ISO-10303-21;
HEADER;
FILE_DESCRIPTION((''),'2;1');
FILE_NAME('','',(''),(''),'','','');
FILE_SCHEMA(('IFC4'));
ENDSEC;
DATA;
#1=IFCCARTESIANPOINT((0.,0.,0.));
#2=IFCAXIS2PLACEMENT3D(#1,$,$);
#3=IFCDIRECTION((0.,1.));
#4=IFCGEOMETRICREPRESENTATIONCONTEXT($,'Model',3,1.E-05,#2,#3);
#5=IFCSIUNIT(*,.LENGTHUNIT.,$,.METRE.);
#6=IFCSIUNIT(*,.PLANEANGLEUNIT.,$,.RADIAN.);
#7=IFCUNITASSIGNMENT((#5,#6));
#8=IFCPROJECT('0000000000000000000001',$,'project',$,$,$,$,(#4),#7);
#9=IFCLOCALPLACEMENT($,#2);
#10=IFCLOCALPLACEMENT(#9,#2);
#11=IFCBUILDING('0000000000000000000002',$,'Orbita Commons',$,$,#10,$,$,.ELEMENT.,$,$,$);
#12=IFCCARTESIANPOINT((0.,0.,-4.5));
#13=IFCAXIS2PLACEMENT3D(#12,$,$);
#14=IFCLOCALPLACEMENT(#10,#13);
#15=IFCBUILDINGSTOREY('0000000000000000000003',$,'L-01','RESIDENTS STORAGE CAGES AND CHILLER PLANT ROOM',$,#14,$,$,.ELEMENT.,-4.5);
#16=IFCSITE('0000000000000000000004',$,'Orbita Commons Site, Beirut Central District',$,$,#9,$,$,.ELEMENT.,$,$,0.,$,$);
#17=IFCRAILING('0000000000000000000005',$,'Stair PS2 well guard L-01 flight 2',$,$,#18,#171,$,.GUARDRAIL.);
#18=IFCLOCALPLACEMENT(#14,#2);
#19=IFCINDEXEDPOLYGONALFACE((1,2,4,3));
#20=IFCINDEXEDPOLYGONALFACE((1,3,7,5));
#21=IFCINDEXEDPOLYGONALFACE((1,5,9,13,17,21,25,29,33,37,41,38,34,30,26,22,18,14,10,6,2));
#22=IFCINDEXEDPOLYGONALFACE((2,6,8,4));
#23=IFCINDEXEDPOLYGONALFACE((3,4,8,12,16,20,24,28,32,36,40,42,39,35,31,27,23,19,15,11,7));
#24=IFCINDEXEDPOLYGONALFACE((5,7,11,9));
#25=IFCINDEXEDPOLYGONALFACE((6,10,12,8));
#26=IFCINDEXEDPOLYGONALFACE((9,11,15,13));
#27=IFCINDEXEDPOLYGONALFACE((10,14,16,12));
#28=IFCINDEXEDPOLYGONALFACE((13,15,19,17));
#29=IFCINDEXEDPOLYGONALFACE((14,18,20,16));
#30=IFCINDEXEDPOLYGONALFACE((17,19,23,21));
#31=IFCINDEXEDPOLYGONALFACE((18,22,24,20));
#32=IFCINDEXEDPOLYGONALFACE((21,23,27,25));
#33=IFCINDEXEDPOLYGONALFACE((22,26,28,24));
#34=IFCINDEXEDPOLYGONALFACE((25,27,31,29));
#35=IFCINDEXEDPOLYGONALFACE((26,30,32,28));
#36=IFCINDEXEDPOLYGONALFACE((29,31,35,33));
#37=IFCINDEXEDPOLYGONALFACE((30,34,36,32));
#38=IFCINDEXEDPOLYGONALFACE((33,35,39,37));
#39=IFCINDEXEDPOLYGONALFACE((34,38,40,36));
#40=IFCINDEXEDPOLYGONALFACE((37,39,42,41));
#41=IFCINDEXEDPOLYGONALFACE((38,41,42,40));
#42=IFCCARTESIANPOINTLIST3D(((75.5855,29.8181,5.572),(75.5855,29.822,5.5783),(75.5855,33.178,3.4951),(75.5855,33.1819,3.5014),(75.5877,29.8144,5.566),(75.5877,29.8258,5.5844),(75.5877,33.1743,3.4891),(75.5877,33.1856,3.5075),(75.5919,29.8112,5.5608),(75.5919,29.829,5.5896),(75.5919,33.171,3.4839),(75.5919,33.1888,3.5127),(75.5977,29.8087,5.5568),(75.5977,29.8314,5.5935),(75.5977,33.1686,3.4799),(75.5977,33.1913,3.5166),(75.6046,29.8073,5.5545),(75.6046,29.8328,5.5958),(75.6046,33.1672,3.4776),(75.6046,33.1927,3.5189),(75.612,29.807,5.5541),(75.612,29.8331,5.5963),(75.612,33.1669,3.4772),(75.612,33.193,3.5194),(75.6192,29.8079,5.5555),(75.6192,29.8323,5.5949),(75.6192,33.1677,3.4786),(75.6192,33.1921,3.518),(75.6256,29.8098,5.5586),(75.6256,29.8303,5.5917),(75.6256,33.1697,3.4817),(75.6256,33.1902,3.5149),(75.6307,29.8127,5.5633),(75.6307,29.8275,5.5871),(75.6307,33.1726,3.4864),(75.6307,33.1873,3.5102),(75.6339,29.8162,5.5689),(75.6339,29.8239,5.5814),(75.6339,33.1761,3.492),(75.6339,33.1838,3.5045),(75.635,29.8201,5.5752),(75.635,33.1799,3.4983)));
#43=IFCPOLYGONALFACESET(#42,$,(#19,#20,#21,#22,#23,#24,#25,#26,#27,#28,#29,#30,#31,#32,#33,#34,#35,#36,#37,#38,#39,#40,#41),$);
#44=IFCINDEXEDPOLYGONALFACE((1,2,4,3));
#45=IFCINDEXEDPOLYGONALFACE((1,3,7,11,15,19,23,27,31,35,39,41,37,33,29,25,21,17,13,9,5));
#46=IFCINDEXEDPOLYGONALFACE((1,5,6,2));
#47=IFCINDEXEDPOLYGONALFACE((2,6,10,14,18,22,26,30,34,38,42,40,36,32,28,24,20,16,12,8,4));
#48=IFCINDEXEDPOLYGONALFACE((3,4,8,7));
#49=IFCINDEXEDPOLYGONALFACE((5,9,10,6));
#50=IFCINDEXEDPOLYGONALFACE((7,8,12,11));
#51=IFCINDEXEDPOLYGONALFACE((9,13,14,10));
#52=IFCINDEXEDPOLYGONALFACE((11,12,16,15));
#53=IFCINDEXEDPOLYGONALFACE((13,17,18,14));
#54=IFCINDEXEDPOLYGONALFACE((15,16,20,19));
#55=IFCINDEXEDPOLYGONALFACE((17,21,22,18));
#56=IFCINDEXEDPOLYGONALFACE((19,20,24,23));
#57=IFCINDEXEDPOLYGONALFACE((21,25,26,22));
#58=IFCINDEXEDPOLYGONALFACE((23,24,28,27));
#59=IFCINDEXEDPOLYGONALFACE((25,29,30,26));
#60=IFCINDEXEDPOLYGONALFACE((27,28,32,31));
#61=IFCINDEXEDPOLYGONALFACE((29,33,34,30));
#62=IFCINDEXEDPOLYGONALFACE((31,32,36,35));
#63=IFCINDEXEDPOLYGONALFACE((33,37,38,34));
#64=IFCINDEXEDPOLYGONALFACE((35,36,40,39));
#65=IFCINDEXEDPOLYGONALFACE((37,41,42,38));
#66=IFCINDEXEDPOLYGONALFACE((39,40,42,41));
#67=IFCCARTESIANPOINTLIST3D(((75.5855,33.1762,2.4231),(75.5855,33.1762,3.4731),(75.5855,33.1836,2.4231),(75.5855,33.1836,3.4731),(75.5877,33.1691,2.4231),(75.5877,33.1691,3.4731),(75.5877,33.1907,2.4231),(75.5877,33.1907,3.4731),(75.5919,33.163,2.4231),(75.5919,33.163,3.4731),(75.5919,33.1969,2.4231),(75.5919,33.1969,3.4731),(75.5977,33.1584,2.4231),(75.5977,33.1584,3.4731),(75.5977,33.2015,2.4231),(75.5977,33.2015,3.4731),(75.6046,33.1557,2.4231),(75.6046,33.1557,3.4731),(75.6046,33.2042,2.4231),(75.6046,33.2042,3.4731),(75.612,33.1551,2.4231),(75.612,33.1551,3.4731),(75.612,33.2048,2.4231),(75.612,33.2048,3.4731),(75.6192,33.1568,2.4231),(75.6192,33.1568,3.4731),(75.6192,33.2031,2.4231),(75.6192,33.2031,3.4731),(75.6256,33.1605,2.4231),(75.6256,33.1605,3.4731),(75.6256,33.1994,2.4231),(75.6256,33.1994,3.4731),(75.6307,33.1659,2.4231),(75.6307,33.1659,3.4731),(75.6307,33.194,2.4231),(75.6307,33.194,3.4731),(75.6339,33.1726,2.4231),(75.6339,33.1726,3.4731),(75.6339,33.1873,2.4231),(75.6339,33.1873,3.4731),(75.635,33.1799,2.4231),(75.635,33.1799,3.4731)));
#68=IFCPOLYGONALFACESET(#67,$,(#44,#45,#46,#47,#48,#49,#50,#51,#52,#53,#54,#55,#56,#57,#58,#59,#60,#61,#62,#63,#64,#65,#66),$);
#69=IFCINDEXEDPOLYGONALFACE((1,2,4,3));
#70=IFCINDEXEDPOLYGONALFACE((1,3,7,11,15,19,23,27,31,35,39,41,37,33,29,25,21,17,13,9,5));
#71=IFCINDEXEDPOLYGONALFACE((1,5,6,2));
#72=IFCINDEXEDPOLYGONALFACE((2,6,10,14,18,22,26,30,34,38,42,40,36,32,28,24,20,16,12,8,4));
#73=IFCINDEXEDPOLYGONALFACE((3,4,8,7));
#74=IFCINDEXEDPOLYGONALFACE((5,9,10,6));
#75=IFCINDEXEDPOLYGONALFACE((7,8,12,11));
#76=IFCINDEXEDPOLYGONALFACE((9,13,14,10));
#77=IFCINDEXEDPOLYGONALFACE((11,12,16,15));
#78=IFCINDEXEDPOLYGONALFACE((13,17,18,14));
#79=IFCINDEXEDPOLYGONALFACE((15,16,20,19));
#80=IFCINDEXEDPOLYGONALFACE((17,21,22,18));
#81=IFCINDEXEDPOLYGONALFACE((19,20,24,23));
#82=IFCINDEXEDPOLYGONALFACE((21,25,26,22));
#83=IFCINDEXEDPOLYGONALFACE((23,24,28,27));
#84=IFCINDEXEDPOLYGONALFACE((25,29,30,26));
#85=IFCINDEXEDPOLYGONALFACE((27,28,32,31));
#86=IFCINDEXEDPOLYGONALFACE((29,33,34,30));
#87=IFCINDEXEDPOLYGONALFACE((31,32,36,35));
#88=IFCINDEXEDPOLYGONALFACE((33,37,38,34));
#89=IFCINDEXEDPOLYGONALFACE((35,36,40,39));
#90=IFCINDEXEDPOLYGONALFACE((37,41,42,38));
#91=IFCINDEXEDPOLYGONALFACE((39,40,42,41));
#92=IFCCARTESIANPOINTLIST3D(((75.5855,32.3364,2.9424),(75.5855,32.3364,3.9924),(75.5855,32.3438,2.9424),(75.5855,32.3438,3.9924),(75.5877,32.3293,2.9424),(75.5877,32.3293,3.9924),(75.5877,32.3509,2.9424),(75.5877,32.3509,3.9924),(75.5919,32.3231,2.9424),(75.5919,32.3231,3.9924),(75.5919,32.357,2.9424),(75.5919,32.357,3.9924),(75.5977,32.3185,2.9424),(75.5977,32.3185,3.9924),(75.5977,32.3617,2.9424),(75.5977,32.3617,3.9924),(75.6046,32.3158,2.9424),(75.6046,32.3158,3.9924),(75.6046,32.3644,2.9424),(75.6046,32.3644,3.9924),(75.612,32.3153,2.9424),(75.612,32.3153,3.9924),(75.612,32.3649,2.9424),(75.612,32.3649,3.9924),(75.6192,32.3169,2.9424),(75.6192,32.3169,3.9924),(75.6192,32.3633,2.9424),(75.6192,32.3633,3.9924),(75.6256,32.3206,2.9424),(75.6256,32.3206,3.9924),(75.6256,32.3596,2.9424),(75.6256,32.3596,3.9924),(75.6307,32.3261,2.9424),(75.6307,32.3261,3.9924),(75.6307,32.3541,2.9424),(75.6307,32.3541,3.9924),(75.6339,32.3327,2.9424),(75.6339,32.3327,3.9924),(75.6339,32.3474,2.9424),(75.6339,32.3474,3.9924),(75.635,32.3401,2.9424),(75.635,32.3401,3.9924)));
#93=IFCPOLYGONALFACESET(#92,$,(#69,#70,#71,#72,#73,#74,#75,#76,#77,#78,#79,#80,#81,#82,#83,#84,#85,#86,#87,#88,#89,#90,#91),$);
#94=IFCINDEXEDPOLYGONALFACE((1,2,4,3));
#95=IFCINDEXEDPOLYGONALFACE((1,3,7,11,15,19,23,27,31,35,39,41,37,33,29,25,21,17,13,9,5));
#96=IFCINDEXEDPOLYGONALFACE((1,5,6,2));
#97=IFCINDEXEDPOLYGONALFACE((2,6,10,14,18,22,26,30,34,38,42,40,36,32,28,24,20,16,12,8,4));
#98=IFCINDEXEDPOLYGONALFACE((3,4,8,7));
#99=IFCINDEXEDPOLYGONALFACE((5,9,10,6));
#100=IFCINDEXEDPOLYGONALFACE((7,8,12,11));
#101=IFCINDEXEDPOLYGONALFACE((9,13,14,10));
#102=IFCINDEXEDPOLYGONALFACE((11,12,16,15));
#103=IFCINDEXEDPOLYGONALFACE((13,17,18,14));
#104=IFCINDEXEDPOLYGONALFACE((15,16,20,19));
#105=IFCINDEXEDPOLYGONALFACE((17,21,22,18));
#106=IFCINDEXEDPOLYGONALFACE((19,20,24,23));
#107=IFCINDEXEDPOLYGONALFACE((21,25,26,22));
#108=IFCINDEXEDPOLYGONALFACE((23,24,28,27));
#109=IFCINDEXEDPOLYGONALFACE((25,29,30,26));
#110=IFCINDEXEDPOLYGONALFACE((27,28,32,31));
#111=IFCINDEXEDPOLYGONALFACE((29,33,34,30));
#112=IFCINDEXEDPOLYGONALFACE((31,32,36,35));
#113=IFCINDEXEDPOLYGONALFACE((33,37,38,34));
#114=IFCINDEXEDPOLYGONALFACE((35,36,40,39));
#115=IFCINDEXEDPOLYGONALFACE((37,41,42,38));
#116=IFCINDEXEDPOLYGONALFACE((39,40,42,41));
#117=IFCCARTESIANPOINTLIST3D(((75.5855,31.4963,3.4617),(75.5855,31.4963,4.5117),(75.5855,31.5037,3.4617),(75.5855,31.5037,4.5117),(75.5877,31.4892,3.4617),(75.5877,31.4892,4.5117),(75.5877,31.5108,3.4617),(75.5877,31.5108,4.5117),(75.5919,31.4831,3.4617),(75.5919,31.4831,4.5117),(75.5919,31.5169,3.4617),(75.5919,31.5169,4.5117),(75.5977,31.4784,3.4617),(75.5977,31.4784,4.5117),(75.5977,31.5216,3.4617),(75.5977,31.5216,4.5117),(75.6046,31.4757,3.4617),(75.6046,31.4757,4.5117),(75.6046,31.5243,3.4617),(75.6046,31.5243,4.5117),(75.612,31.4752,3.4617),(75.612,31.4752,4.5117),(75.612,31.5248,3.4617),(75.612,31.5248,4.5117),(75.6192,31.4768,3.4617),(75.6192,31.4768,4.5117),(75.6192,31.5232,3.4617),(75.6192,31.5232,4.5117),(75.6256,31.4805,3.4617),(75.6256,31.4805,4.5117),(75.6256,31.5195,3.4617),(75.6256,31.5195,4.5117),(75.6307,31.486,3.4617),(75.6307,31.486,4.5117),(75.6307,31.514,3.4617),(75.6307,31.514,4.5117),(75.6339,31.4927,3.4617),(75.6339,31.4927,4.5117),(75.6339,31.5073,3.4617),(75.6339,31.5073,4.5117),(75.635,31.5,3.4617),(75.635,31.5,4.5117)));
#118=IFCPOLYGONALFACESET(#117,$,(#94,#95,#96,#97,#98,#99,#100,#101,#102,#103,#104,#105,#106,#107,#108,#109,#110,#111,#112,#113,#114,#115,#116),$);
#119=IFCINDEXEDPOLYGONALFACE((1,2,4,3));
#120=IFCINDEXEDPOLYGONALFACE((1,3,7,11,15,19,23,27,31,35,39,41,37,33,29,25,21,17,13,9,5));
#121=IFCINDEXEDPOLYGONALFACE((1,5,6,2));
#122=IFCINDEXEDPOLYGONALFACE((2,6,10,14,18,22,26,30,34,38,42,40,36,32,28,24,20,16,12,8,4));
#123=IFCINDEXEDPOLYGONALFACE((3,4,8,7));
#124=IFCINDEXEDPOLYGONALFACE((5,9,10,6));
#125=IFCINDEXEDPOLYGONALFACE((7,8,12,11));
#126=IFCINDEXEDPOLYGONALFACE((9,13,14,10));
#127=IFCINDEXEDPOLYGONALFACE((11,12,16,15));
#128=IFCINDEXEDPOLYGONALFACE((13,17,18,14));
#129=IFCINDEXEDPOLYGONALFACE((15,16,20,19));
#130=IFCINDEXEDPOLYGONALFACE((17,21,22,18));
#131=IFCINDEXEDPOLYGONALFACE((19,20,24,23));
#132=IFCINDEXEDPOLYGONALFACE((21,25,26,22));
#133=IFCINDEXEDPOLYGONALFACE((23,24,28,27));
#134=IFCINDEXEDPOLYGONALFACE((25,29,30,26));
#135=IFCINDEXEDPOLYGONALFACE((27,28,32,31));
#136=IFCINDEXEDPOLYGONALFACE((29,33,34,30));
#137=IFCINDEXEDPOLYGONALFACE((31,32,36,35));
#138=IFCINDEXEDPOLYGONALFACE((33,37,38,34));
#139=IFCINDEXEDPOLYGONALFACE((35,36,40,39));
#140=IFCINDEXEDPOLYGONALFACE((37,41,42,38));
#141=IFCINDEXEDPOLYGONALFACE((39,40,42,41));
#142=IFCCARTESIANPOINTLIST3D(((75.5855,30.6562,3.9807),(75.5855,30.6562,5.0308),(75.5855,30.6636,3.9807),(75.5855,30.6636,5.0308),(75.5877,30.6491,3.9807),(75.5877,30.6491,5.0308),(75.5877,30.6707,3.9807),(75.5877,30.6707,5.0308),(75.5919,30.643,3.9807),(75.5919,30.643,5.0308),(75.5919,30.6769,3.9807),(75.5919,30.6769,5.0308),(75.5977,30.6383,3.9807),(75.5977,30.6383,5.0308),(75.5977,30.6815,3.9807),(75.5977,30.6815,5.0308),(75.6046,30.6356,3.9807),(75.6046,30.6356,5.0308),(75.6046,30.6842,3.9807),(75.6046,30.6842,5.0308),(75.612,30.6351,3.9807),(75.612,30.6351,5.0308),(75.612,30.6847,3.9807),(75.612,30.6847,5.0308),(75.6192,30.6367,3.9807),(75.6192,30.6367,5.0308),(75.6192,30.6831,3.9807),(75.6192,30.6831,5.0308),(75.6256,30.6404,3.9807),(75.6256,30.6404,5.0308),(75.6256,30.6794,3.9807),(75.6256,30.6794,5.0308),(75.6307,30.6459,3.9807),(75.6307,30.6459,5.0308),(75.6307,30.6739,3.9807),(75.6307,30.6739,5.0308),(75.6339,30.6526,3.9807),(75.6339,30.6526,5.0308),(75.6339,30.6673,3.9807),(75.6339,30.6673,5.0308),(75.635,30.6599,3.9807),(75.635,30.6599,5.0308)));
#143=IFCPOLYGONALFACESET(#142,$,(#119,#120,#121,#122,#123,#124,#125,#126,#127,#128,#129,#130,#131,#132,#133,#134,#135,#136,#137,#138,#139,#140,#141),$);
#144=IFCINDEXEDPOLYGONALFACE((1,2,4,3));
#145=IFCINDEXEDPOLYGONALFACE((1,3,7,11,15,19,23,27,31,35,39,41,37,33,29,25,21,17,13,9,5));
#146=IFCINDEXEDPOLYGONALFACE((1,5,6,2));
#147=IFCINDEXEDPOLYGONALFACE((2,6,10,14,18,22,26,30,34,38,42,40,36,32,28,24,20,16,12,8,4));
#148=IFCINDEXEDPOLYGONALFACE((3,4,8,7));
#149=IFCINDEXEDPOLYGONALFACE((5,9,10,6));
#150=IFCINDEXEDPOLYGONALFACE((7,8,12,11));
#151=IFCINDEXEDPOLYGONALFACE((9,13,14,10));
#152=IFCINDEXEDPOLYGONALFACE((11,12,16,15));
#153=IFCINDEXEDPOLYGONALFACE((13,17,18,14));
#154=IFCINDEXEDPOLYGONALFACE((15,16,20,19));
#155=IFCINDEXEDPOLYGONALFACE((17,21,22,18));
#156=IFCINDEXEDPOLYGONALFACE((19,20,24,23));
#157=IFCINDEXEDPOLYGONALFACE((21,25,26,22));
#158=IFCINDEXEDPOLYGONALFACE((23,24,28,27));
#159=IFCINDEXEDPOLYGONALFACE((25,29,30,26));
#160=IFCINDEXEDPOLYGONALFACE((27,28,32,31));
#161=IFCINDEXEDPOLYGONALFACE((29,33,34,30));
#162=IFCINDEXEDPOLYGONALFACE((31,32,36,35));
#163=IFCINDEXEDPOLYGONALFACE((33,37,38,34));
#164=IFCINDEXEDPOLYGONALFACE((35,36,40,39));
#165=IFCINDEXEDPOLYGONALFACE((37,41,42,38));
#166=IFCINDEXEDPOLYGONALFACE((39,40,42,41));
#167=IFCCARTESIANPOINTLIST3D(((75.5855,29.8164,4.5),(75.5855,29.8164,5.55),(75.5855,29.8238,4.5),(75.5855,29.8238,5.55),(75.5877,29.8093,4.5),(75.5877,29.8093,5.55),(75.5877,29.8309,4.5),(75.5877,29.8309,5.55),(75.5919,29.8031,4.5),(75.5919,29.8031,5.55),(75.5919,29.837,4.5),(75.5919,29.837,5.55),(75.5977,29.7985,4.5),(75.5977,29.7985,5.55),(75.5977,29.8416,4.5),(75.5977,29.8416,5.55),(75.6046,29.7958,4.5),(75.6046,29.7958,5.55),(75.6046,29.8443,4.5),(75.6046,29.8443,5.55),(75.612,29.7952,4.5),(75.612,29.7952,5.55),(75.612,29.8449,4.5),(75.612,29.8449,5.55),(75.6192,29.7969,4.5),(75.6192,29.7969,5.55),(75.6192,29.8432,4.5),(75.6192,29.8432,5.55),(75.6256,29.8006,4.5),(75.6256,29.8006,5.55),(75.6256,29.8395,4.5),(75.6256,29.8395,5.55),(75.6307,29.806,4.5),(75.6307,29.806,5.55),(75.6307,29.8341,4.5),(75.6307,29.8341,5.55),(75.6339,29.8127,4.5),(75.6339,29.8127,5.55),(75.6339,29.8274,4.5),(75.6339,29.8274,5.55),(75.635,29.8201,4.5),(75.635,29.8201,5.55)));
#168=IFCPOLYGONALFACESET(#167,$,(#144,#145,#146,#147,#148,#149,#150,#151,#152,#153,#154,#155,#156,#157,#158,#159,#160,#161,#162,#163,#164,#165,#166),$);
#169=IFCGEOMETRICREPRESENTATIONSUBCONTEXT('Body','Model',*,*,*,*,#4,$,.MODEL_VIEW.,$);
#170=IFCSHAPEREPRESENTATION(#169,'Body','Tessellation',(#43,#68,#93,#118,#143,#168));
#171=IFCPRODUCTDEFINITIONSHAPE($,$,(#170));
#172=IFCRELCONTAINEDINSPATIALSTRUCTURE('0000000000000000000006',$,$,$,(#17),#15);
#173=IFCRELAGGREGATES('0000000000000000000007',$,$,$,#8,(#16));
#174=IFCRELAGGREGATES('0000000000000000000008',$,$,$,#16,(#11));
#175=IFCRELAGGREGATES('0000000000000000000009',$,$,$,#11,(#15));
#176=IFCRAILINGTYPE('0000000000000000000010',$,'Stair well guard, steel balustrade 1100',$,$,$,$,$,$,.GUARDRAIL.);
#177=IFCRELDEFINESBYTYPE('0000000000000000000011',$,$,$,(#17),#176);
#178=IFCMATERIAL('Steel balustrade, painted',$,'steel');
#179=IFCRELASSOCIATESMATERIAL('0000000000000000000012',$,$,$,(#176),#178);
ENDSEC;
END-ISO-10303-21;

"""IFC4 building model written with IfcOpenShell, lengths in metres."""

from ifc_helpers import new_model, si_unit, direction, frame, origin, origin_2d, place, context, subcontext, project, spatial, circle, extrude, material, type_object, element, save


model = new_model("IFC4")

# Units and contexts
model_context = context("Model", 3, precision=1e-05, world=origin(), true_north=direction((0.0, 1.0)))
body_context = subcontext(model_context, "Body", "Model", "MODEL_VIEW")
ifc_project = project(units=[si_unit("LENGTHUNIT", "METRE"), si_unit("PLANEANGLEUNIT", "RADIAN")], contexts=[model_context])

# Site, building, storey
site_placement = place(None, origin())
site = spatial("IfcSite", under=ifc_project, at=site_placement, Name="Orbita Commons Site, Beirut Central District", CompositionType="ELEMENT", RefElevation=0.0)
building_placement = place(site_placement, origin())
building = spatial("IfcBuilding", under=site, at=building_placement, Name="Orbita Commons", CompositionType="ELEMENT")
storey_placement = place(building_placement, frame((0.0, 0.0, -4.5)))
storey = spatial("IfcBuildingStorey", under=building, at=storey_placement, Name="L-01", Description="RESIDENTS STORAGE CAGES AND CHILLER PLANT ROOM", CompositionType="ELEMENT", Elevation=-4.5)

# Railing
ifc_material_1 = material(Name="Steel balustrade, painted", Category="steel")
railing_type_1 = type_object("IfcRailingType", Name="Stair well guard, steel balustrade 1100", PredefinedType="GUARDRAIL", material=ifc_material_1)
railing_1_placement = place(storey_placement, frame((75.6101, 33.1799, 2.4231)))
element("IfcRailing", 1, at=railing_1_placement, inside=storey, type_object=railing_type_1, Name="Stair PS2 well guard L-01 flight 2", PredefinedType="GUARDRAIL", context=body_context, shape_type="SweptSolid", body=[
    extrude(circle(Radius=0.0249, at=origin_2d()), frame((0.0, 0.0, 1.0752), z_axis=(0.0, -0.850606, 0.525803), x_axis=(1.0, 0.0, 0.0)), (0.0, 0.0, 1.0), 3.95),
    extrude(circle(Radius=0.0249, at=origin_2d()), origin(), (0.0, 0.0, 1.0), 1.05),
    extrude(circle(Radius=0.0249, at=origin_2d()), frame((0.0, -0.8398, 0.5193)), (0.0, 0.0, 1.0), 1.05),
    extrude(circle(Radius=0.0249, at=origin_2d()), frame((0.0, -1.6799, 1.0386)), (0.0, 0.0, 1.0), 1.05),
    extrude(circle(Radius=0.0249, at=origin_2d()), frame((0.0, -2.52, 1.5576)), (0.0, 0.0, 1.0), 1.05),
    extrude(circle(Radius=0.0249, at=origin_2d()), frame((0.0, -3.3599, 2.0769)), (0.0, 0.0, 1.0), 1.05),
])

save(model, "model.ifc")
